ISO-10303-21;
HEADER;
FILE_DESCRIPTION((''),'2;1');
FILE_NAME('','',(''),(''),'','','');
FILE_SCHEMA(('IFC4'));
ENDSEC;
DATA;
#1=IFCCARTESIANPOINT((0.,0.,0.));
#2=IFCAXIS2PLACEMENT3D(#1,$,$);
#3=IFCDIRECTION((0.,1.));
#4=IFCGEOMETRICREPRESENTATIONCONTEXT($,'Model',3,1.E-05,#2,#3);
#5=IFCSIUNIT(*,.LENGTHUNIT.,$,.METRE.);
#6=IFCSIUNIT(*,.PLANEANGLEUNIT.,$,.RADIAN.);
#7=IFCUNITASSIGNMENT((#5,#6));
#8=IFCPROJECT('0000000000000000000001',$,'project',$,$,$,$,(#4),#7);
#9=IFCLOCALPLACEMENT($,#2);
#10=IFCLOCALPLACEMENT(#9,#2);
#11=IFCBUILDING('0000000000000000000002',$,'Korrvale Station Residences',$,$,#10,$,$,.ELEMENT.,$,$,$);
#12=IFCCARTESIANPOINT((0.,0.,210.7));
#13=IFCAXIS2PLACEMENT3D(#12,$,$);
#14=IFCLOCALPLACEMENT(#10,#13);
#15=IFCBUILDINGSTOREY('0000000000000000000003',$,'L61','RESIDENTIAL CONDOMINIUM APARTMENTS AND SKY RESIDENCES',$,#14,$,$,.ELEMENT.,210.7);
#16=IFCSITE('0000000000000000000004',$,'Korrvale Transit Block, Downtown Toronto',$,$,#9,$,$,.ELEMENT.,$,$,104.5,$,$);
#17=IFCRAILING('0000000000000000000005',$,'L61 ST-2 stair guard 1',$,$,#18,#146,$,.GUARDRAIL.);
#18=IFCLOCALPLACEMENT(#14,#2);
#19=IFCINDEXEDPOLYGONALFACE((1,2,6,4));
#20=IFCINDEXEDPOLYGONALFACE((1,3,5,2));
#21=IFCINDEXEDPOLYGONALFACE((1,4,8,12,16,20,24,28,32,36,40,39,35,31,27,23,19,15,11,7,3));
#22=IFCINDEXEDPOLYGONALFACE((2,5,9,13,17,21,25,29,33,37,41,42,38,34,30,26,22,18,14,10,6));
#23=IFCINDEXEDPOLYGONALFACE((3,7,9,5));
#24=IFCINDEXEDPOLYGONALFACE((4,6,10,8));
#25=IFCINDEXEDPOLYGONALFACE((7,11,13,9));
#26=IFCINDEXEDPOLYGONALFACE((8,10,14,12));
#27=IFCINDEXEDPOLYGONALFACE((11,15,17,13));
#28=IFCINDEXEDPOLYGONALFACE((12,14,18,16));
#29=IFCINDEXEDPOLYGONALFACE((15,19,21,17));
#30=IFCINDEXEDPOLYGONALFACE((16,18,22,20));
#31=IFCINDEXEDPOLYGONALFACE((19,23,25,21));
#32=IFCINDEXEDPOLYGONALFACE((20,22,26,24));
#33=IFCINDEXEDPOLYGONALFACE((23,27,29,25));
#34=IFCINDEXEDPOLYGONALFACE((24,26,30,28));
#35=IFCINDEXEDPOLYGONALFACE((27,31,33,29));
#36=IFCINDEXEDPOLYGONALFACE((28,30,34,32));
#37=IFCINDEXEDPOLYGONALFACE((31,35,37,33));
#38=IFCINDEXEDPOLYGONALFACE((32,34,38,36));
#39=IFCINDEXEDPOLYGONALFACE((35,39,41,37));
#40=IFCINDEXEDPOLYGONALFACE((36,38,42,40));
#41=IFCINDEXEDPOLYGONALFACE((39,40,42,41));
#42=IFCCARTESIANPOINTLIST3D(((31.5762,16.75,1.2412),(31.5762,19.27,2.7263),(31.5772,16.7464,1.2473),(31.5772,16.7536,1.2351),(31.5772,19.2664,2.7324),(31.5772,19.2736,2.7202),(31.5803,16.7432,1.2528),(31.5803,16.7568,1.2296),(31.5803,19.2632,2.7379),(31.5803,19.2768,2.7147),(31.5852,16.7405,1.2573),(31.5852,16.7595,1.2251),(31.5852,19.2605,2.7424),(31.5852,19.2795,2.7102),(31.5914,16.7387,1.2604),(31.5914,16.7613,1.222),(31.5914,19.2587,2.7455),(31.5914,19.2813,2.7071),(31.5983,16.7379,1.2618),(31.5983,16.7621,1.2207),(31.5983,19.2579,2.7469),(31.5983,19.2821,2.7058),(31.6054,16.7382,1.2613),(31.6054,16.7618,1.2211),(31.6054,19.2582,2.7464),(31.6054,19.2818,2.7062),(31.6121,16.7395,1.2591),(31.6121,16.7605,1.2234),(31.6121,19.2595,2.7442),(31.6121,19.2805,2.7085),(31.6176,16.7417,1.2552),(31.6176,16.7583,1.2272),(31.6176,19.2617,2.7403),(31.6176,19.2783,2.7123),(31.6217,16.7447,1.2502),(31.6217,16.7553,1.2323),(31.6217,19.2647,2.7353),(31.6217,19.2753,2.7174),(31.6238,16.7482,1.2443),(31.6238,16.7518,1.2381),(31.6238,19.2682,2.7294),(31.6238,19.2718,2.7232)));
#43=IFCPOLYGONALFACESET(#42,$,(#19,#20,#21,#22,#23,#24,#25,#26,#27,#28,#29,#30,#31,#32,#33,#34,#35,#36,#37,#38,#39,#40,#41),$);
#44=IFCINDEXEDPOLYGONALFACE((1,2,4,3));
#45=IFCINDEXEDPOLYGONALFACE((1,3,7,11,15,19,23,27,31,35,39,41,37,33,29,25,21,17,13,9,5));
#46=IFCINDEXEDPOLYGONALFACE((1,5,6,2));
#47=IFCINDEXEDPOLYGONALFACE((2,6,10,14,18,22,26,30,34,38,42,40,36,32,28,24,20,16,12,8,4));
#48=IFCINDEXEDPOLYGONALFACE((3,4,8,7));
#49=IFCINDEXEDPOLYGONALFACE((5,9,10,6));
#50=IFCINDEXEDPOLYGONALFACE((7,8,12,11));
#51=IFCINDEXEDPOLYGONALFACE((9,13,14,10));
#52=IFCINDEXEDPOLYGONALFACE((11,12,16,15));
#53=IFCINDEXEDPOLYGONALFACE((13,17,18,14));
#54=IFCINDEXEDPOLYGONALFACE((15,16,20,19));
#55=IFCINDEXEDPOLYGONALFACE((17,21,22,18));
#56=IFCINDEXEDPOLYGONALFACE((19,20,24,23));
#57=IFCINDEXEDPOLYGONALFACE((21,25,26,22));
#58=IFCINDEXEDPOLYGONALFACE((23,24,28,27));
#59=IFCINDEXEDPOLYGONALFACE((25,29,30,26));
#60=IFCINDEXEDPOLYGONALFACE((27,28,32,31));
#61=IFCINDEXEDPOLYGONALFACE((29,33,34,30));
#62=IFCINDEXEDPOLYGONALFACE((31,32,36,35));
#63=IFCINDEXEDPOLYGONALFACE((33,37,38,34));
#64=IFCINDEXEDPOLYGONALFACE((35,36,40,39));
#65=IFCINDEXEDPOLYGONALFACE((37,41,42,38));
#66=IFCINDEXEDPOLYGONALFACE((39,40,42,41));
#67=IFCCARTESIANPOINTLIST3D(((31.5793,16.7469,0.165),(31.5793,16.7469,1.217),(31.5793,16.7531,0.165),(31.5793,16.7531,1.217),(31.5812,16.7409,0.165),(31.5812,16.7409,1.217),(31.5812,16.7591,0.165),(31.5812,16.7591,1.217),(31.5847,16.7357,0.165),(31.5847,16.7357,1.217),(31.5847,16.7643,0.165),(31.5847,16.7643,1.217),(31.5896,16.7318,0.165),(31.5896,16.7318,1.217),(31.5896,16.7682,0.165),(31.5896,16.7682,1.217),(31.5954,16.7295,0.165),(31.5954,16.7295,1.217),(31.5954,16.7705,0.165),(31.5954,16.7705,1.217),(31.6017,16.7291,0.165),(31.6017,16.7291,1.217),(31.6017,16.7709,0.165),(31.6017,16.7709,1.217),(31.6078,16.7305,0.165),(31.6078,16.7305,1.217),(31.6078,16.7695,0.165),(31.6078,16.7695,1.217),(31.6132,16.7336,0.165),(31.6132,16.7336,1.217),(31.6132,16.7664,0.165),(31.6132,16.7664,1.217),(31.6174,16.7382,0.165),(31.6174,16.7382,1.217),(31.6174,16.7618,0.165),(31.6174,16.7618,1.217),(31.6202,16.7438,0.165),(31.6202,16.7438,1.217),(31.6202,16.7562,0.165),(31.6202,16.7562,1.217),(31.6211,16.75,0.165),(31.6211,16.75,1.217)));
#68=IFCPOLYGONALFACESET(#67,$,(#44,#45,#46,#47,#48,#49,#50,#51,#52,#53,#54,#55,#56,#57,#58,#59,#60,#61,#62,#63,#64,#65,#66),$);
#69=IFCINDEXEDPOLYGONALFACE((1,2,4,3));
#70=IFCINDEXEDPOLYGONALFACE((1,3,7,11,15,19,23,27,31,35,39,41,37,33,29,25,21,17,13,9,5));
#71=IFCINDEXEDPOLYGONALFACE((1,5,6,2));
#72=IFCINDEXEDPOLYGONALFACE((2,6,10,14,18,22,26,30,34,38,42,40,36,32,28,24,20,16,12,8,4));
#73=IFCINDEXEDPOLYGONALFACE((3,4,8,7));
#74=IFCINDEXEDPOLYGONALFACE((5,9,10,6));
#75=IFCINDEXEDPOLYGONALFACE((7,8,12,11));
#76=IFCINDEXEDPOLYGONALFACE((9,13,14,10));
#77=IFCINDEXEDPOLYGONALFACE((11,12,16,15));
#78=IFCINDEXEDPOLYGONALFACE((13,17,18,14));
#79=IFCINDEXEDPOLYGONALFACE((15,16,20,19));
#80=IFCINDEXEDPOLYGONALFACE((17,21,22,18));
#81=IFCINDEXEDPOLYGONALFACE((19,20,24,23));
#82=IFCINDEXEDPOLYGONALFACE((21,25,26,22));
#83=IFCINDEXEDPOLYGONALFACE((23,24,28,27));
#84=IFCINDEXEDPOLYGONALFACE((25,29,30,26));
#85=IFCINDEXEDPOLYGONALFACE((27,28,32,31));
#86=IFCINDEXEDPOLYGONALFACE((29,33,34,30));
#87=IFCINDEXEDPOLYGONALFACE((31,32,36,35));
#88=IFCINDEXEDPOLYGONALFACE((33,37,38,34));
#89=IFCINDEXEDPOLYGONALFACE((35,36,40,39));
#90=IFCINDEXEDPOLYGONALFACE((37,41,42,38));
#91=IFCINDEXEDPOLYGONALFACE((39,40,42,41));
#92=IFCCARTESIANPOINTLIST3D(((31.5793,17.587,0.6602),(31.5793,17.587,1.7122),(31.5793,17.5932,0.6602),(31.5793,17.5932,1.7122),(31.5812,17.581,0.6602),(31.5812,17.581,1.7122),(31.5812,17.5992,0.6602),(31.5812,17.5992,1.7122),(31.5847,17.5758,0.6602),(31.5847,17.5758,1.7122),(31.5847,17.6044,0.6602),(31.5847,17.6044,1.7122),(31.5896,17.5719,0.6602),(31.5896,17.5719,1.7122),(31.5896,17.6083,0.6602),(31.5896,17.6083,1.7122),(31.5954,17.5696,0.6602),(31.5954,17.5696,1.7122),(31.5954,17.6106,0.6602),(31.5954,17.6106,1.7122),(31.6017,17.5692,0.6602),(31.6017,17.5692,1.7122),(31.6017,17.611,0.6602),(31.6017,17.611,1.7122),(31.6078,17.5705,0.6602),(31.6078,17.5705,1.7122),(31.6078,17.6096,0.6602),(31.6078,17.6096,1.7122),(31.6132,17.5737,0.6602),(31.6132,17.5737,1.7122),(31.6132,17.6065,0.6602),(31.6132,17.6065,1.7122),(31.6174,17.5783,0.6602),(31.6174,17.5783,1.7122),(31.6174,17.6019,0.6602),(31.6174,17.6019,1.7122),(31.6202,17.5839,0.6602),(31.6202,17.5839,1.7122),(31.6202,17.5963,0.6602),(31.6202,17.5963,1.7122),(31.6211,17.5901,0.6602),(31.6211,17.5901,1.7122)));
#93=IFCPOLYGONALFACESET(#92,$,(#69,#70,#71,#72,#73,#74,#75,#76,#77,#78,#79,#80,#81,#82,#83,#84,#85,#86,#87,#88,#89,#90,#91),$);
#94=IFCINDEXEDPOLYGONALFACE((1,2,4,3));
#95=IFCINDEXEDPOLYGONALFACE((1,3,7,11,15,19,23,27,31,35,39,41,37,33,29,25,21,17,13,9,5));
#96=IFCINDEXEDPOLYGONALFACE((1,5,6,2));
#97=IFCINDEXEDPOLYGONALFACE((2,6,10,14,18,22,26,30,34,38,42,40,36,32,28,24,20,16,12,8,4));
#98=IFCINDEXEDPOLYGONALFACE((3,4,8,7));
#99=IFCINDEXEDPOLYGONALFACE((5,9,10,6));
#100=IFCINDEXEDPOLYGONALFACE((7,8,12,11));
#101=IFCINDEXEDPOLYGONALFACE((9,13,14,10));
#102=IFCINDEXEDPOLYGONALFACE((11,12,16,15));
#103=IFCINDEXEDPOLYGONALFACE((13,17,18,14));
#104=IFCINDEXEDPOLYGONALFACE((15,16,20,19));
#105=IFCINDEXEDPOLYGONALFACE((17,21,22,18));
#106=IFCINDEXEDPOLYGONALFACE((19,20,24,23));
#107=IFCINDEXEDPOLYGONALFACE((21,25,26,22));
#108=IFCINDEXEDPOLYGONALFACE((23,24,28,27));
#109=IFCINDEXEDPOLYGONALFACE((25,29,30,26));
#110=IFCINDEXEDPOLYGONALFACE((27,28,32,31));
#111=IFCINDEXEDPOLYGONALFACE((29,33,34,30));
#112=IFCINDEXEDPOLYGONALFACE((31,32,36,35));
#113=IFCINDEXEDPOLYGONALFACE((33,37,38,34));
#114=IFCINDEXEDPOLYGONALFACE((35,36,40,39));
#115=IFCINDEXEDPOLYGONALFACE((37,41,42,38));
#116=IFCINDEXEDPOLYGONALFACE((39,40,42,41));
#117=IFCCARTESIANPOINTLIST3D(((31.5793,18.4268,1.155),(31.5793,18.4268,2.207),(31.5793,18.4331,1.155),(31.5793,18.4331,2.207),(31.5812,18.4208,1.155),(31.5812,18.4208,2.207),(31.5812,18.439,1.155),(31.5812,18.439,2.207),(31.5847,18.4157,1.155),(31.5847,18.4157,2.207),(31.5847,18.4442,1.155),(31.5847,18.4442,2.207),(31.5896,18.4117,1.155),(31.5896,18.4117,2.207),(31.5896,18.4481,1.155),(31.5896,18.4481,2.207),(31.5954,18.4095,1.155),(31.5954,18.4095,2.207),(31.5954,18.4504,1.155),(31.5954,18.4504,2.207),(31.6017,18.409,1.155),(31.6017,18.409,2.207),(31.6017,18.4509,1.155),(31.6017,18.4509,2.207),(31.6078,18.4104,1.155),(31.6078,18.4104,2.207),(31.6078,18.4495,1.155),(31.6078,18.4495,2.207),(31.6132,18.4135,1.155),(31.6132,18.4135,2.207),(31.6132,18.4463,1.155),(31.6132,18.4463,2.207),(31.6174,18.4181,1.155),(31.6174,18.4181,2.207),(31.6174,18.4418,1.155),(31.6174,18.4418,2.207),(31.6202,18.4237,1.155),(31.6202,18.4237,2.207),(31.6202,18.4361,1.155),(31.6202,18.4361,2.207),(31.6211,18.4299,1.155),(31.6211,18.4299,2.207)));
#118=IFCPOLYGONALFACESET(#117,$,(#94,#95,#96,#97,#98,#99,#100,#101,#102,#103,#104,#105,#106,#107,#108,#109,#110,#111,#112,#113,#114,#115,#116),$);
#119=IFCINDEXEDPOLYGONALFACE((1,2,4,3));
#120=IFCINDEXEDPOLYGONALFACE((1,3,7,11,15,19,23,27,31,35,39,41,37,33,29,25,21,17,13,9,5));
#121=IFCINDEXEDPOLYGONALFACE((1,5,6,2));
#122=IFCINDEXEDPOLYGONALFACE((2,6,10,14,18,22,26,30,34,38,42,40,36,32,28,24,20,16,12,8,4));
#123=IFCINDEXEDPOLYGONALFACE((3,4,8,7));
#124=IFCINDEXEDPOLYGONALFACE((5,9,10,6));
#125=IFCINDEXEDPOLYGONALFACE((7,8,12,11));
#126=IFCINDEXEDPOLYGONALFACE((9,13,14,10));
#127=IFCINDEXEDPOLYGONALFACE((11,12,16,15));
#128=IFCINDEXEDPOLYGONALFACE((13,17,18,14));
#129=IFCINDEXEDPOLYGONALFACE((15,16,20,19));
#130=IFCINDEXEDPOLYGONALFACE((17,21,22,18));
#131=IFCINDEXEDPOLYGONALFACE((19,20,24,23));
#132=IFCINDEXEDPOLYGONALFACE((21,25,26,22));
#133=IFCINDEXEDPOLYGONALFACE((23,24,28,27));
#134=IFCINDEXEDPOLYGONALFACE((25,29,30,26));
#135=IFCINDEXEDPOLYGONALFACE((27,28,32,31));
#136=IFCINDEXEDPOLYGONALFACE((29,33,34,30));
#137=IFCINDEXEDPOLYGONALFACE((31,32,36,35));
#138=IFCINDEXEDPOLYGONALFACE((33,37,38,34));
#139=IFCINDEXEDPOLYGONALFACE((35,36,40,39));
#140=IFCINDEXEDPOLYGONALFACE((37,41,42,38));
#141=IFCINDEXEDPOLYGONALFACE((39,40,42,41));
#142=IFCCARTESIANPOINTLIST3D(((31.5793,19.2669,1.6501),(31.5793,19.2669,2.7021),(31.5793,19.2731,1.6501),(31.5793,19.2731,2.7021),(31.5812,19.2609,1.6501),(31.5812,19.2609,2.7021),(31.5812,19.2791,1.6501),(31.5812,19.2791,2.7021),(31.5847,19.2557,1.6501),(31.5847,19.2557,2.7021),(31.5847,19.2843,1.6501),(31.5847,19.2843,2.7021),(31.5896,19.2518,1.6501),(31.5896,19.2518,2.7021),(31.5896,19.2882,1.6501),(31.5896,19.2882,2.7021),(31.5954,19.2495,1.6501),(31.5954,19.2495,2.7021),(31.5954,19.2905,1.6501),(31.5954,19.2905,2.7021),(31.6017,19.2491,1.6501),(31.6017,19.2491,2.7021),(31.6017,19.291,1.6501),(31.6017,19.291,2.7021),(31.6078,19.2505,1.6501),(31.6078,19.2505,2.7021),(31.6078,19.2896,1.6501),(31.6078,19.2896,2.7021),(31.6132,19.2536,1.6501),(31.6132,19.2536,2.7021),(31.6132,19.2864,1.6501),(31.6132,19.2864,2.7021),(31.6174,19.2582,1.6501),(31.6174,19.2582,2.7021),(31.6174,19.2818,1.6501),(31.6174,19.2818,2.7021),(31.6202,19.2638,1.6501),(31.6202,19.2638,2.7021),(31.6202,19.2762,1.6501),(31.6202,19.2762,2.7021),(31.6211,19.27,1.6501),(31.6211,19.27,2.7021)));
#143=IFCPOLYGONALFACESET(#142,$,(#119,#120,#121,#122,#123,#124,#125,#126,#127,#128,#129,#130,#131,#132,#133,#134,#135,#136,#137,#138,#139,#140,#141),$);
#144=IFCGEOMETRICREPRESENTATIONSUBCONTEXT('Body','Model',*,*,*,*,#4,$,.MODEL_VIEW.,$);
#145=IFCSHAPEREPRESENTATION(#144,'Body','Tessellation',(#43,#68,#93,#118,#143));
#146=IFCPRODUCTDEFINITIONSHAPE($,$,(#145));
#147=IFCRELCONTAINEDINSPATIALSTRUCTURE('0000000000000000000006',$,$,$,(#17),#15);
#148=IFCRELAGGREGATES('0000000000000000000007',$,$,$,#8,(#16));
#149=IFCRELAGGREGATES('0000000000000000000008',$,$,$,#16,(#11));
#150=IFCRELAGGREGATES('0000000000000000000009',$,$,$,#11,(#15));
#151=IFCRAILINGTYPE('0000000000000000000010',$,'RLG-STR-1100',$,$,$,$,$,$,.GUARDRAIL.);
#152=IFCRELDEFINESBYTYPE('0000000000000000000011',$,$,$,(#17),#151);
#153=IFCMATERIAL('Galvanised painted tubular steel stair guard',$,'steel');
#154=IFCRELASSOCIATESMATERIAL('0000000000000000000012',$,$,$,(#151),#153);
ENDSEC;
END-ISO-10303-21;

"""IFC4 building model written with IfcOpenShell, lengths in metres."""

from ifc_helpers import new_model, si_unit, direction, frame, origin, origin_2d, place, context, subcontext, project, spatial, circle, extrude, material, type_object, element, save


model = new_model("IFC4")

# Units and contexts
model_context = context("Model", 3, precision=1e-05, world=origin(), true_north=direction((0.0, 1.0)))
body_context = subcontext(model_context, "Body", "Model", "MODEL_VIEW")
ifc_project = project(units=[si_unit("LENGTHUNIT", "METRE"), si_unit("PLANEANGLEUNIT", "RADIAN")], contexts=[model_context])

# Site, building, storey
site_placement = place(None, origin())
site = spatial("IfcSite", under=ifc_project, at=site_placement, Name="Korrvale Transit Block, Downtown Toronto", CompositionType="ELEMENT", RefElevation=104.5)
building_placement = place(site_placement, origin())
building = spatial("IfcBuilding", under=site, at=building_placement, Name="Korrvale Station Residences", CompositionType="ELEMENT")
storey_placement = place(building_placement, frame((0.0, 0.0, 210.7)))
storey = spatial("IfcBuildingStorey", under=building, at=storey_placement, Name="L61", Description="RESIDENTIAL CONDOMINIUM APARTMENTS AND SKY RESIDENCES", CompositionType="ELEMENT", Elevation=210.7)

# Railing
ifc_material_1 = material(Name="Galvanised painted tubular steel stair guard", Category="steel")
railing_type_1 = type_object("IfcRailingType", Name="RLG-STR-1100", PredefinedType="GUARDRAIL", material=ifc_material_1)
railing_1_placement = place(storey_placement, frame((31.6001, 16.75, 0.165)))
element("IfcRailing", 1, at=railing_1_placement, inside=storey, type_object=railing_type_1, Name="L61 ST-2 stair guard 1", PredefinedType="GUARDRAIL", context=body_context, shape_type="SweptSolid", body=[
    extrude(circle(Radius=0.0239, at=origin_2d()), frame((0.0, 0.0, 1.0762), z_axis=(0.0, 0.861524, 0.507717), x_axis=(-1.0, 0.0, 0.0)), (0.0, 0.0, 1.0), 2.925),
    extrude(circle(Radius=0.021, at=origin_2d()), origin(), (0.0, 0.0, 1.0), 1.052),
    extrude(circle(Radius=0.021, at=origin_2d()), frame((0.0, 0.8401, 0.4951)), (0.0, 0.0, 1.0), 1.052),
    extrude(circle(Radius=0.021, at=origin_2d()), frame((0.0, 1.6799, 0.99)), (0.0, 0.0, 1.0), 1.052),
    extrude(circle(Radius=0.021, at=origin_2d()), frame((0.0, 2.52, 1.4851)), (0.0, 0.0, 1.0), 1.052),
])

save(model, "model.ifc")
